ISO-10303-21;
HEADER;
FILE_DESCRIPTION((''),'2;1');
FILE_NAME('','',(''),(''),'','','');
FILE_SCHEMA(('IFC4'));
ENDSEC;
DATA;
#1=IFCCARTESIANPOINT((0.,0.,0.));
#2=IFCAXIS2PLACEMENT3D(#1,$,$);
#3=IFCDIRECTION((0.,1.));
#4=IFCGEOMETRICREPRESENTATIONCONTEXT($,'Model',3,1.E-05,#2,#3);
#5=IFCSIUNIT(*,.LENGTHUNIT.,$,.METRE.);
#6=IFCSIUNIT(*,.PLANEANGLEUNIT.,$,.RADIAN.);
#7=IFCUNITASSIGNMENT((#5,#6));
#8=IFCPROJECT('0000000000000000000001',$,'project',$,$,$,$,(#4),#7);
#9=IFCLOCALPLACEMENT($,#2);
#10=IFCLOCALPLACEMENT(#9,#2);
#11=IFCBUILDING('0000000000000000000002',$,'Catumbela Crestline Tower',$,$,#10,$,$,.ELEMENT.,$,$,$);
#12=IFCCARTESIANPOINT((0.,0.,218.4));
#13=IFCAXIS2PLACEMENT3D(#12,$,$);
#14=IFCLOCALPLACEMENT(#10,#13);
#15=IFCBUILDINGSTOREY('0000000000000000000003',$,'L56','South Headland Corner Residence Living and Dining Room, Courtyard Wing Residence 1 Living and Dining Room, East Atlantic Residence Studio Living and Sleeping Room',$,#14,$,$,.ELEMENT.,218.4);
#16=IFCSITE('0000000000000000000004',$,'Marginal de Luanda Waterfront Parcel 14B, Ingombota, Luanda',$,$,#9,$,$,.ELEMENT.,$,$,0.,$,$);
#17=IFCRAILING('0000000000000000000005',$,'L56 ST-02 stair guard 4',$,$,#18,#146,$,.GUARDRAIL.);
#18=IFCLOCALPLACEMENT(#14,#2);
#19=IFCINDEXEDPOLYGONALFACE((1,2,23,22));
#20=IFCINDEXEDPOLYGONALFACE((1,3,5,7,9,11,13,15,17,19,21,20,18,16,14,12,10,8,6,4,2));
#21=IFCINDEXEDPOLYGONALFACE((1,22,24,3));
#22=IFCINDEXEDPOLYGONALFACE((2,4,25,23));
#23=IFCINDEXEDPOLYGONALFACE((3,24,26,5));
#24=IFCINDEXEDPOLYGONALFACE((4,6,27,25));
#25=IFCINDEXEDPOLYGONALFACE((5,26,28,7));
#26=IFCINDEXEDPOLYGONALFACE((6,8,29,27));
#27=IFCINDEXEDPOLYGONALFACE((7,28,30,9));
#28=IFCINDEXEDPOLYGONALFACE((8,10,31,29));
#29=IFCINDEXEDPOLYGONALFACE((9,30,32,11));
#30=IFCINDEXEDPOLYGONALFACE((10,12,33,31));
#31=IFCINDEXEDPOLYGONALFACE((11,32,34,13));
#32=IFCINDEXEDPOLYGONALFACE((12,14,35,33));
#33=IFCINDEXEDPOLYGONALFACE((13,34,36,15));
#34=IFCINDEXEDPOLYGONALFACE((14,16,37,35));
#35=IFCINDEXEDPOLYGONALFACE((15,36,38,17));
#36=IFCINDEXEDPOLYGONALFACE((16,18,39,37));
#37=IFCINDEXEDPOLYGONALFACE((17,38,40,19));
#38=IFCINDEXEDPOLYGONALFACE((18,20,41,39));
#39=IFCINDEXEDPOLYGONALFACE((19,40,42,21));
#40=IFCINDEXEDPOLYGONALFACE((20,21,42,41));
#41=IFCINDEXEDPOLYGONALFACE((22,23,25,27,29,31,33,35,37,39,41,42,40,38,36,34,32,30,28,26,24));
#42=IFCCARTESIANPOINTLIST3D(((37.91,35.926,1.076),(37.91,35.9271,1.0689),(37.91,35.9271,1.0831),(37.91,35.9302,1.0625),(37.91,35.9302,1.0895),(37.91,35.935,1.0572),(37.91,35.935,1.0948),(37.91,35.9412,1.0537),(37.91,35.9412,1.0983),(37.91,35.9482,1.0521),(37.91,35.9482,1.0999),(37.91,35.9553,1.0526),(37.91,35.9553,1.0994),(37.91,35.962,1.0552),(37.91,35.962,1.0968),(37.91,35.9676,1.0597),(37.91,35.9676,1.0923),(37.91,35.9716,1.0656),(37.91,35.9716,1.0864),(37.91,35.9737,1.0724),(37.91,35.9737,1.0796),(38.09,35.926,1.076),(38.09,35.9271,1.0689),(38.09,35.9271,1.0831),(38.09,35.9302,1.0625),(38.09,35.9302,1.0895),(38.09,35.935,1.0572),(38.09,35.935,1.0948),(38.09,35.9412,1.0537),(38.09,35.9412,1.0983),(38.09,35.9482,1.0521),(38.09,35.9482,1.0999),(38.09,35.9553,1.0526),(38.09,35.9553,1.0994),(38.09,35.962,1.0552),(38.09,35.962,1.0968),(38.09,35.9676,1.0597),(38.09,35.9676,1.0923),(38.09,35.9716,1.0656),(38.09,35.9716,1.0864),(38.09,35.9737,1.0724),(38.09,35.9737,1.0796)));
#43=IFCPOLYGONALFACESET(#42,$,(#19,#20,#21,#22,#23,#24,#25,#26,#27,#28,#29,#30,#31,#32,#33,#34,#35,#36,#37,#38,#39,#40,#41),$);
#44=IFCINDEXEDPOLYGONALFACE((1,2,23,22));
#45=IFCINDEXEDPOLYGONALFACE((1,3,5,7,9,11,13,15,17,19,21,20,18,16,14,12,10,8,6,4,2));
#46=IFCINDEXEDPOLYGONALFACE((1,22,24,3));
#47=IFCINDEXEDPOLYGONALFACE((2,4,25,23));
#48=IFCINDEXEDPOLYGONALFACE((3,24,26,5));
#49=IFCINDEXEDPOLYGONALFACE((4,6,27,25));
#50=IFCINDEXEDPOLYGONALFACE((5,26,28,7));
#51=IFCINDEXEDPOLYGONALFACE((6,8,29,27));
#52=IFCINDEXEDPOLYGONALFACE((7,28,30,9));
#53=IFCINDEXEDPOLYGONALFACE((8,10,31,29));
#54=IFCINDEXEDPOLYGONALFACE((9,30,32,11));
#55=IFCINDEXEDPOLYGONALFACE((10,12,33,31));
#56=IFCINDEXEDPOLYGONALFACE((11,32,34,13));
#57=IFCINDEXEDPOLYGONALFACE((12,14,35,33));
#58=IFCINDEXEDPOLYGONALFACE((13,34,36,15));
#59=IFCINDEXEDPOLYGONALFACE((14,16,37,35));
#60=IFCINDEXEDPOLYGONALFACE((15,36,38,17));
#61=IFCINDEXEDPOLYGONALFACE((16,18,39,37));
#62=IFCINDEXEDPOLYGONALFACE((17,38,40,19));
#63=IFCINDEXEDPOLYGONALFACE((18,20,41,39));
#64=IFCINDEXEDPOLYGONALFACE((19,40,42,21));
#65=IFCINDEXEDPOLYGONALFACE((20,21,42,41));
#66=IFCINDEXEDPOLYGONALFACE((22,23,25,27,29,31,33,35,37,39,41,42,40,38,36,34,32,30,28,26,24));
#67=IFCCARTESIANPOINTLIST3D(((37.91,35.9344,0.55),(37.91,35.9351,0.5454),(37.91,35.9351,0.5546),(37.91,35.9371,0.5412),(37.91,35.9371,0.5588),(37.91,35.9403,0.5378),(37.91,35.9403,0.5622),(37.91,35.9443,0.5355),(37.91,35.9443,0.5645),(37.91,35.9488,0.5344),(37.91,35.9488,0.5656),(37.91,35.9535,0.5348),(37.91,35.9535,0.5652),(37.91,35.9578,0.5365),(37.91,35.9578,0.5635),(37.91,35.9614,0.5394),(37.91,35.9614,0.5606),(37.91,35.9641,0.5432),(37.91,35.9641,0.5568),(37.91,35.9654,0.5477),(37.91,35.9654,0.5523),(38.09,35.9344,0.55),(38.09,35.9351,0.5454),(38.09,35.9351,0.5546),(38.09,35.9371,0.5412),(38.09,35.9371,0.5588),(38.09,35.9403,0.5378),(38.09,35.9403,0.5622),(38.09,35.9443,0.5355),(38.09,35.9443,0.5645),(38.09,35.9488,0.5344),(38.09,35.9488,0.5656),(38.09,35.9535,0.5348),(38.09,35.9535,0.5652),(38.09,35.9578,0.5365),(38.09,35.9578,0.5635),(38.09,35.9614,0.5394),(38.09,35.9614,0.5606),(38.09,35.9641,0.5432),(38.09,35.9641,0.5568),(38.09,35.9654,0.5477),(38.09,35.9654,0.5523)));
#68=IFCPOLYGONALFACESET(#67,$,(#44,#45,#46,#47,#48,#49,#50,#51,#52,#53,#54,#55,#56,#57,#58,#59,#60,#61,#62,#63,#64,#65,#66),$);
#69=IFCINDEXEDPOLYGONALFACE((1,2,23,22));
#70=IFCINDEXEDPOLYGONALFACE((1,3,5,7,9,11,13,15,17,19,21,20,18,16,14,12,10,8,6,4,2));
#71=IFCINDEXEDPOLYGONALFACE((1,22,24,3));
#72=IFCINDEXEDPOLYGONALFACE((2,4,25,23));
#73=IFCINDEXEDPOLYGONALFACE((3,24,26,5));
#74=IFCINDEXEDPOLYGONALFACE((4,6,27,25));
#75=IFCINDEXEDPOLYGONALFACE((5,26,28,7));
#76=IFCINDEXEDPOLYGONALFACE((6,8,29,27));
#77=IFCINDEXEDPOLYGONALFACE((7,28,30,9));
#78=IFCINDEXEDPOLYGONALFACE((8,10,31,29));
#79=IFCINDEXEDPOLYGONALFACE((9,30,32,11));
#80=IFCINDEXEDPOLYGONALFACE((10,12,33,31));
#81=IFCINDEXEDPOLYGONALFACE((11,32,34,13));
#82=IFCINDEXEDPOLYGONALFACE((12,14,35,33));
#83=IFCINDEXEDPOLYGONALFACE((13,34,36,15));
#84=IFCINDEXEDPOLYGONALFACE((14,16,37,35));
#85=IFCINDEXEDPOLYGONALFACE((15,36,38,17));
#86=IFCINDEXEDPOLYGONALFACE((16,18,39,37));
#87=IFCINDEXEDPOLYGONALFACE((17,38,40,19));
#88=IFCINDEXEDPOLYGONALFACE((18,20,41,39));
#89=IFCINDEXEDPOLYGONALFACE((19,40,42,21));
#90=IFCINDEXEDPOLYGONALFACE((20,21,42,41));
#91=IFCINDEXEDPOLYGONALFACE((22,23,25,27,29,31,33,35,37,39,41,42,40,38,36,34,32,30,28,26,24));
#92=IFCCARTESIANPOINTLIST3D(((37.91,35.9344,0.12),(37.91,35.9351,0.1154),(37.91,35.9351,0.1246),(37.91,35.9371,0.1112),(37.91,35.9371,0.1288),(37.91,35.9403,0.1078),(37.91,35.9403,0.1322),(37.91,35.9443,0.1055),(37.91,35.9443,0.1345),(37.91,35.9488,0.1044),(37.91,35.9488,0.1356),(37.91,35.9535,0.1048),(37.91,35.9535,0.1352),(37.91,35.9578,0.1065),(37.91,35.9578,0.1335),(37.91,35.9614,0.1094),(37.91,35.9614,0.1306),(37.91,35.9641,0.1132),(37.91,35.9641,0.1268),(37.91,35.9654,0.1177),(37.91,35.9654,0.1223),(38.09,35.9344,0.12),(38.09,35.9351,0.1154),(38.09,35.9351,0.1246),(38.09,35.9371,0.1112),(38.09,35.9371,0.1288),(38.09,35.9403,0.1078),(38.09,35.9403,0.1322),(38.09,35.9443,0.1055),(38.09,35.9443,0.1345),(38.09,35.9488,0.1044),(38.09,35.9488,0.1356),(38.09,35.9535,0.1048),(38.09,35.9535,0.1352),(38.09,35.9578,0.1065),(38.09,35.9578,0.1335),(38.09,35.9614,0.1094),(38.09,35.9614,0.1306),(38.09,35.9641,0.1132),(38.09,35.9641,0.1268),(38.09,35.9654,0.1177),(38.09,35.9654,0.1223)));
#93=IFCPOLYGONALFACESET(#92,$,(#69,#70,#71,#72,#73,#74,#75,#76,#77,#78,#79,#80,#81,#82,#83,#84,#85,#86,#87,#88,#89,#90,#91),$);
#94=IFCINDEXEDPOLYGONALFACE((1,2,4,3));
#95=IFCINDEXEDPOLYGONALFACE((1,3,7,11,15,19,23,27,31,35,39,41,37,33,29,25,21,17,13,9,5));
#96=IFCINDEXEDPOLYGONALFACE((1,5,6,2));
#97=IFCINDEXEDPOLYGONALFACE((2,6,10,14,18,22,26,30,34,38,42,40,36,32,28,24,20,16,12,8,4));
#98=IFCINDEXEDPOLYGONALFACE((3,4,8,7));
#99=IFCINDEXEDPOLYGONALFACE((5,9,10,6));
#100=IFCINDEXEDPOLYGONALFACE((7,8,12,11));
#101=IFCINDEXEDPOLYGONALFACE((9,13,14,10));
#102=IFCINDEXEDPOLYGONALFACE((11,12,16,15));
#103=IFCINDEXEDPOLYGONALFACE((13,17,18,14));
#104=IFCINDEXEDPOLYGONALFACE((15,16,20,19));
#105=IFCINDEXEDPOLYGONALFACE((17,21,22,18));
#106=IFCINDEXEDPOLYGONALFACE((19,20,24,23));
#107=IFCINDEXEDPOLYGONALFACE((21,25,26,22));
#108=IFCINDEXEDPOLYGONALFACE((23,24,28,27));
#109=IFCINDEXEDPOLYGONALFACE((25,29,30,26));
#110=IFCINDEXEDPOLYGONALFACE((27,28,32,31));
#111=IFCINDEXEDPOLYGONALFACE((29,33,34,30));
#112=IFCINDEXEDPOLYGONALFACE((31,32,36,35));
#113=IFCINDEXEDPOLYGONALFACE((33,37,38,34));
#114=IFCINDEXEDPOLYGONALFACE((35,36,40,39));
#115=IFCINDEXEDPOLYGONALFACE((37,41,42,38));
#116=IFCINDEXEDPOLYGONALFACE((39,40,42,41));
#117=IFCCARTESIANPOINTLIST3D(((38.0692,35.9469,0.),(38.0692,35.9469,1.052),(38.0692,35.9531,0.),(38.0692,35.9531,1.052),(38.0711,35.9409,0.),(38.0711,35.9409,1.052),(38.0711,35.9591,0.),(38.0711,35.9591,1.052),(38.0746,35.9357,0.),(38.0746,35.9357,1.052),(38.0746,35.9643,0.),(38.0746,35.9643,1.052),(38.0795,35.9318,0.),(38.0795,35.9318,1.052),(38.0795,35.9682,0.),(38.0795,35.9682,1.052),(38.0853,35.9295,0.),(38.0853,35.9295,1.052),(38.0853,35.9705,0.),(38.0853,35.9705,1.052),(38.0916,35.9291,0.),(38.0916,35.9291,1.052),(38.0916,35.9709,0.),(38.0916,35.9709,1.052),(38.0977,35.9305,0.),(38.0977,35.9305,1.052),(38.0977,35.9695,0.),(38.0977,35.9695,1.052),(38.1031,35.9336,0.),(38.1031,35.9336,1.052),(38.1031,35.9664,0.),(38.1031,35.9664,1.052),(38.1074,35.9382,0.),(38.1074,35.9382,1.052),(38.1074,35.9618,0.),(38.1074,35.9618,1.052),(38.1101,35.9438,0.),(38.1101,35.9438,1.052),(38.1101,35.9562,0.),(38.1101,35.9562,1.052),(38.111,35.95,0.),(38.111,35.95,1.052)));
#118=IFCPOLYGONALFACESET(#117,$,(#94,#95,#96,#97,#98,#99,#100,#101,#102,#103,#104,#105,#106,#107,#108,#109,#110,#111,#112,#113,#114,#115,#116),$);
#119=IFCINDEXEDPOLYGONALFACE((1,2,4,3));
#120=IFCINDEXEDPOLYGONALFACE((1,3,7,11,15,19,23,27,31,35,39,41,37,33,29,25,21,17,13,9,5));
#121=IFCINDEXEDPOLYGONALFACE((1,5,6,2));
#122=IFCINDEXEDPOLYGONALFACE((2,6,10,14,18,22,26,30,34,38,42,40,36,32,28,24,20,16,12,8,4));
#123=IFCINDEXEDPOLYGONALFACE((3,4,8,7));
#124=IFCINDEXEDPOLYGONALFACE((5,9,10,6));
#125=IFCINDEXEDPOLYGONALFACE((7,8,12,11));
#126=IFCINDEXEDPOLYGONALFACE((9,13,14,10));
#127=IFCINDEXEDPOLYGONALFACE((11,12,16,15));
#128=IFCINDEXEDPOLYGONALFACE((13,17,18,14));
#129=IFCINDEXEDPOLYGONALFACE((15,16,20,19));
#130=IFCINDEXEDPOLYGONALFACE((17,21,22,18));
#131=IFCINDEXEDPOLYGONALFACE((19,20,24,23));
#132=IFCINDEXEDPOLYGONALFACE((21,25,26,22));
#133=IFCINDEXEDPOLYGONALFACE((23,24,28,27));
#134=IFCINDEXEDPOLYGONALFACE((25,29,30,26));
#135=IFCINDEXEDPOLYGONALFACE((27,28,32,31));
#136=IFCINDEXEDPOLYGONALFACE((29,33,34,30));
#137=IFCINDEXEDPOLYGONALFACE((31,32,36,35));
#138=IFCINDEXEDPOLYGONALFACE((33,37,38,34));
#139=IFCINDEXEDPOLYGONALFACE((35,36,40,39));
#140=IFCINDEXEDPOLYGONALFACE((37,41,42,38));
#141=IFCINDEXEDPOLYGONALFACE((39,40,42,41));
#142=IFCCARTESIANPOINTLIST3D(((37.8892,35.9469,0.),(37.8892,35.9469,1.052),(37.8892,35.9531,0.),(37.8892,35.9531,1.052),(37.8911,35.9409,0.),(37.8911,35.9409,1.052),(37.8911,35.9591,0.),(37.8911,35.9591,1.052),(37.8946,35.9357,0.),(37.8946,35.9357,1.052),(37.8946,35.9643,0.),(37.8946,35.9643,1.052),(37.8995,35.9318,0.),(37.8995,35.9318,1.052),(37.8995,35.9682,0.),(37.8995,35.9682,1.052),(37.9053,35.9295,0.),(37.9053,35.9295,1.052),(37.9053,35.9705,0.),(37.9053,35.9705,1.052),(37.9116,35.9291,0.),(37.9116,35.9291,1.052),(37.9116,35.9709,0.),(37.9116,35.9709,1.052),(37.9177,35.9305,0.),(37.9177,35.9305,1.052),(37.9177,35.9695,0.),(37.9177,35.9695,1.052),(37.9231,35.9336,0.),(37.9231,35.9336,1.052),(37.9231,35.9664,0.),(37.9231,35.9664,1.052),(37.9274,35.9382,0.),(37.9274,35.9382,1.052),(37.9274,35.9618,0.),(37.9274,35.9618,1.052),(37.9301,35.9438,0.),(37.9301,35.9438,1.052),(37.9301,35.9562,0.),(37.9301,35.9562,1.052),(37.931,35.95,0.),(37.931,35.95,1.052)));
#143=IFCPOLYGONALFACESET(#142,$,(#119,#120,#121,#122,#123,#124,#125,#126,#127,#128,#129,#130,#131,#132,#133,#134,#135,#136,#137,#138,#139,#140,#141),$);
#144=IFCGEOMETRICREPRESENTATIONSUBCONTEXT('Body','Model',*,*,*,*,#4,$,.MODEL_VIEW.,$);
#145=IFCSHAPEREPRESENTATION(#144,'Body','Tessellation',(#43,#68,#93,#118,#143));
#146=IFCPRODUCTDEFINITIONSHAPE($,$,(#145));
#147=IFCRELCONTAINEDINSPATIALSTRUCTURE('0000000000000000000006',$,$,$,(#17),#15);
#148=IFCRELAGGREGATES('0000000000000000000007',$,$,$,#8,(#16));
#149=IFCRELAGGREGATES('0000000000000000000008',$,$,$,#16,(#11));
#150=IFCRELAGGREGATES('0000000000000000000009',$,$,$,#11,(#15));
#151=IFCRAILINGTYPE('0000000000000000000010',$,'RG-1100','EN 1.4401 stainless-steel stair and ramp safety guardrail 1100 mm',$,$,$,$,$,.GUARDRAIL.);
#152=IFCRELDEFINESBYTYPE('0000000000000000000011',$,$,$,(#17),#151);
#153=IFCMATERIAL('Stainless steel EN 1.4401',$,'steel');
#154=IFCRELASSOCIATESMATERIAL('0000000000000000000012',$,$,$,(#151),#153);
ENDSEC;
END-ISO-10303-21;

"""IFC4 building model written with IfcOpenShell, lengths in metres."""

from ifc_helpers import new_model, si_unit, direction, frame, origin, origin_2d, place, context, subcontext, project, spatial, circle, extrude, material, type_object, element, save


model = new_model("IFC4")

# Units and contexts
model_context = context("Model", 3, precision=1e-05, world=origin(), true_north=direction((0.0, 1.0)))
body_context = subcontext(model_context, "Body", "Model", "MODEL_VIEW")
ifc_project = project(units=[si_unit("LENGTHUNIT", "METRE"), si_unit("PLANEANGLEUNIT", "RADIAN")], contexts=[model_context])

# Site, building, storey
site_placement = place(None, origin())
site = spatial("IfcSite", under=ifc_project, at=site_placement, Name="Marginal de Luanda Waterfront Parcel 14B, Ingombota, Luanda", CompositionType="ELEMENT", RefElevation=0.0)
building_placement = place(site_placement, origin())
building = spatial("IfcBuilding", under=site, at=building_placement, Name="Catumbela Crestline Tower", CompositionType="ELEMENT")
storey_placement = place(building_placement, frame((0.0, 0.0, 218.4)))
storey = spatial("IfcBuildingStorey", under=building, at=storey_placement, Name="L56", Description="South Headland Corner Residence Living and Dining Room, Courtyard Wing Residence 1 Living and Dining Room, East Atlantic Residence Studio Living and Sleeping Room", CompositionType="ELEMENT", Elevation=218.4)

# Railing
ifc_material_1 = material(Name="Stainless steel EN 1.4401", Category="steel")
railing_type_1 = type_object("IfcRailingType", Name="RG-1100", Description="EN 1.4401 stainless-steel stair and ramp safety guardrail 1100 mm", PredefinedType="GUARDRAIL", material=ifc_material_1)
railing_1_placement = place(storey_placement, frame((38.09, 35.95, 0.0)))
element("IfcRailing", 1, at=railing_1_placement, inside=storey, type_object=railing_type_1, Name="L56 ST-02 stair guard 4", PredefinedType="GUARDRAIL", context=body_context, shape_type="SweptSolid", body=[
    extrude(circle(Radius=0.024, at=origin_2d()), frame((0.0, 0.0, 1.076), z_axis=(-1.0, 0.0, 0.0), x_axis=(0.0, -1.0, 0.0)), (0.0, 0.0, 1.0), 0.18),
    extrude(circle(Radius=0.0156, at=origin_2d()), frame((0.0, 0.0, 0.55), z_axis=(-1.0, 0.0, 0.0), x_axis=(0.0, -1.0, 0.0)), (0.0, 0.0, 1.0), 0.18),
    extrude(circle(Radius=0.0156, at=origin_2d()), frame((0.0, 0.0, 0.12), z_axis=(-1.0, 0.0, 0.0), x_axis=(0.0, -1.0, 0.0)), (0.0, 0.0, 1.0), 0.18),
    extrude(circle(Radius=0.021, at=origin_2d()), origin(), (0.0, 0.0, 1.0), 1.052),
    extrude(circle(Radius=0.021, at=origin_2d()), frame((-0.18, 0.0, 0.0)), (0.0, 0.0, 1.0), 1.052),
])

save(model, "model.ifc")
